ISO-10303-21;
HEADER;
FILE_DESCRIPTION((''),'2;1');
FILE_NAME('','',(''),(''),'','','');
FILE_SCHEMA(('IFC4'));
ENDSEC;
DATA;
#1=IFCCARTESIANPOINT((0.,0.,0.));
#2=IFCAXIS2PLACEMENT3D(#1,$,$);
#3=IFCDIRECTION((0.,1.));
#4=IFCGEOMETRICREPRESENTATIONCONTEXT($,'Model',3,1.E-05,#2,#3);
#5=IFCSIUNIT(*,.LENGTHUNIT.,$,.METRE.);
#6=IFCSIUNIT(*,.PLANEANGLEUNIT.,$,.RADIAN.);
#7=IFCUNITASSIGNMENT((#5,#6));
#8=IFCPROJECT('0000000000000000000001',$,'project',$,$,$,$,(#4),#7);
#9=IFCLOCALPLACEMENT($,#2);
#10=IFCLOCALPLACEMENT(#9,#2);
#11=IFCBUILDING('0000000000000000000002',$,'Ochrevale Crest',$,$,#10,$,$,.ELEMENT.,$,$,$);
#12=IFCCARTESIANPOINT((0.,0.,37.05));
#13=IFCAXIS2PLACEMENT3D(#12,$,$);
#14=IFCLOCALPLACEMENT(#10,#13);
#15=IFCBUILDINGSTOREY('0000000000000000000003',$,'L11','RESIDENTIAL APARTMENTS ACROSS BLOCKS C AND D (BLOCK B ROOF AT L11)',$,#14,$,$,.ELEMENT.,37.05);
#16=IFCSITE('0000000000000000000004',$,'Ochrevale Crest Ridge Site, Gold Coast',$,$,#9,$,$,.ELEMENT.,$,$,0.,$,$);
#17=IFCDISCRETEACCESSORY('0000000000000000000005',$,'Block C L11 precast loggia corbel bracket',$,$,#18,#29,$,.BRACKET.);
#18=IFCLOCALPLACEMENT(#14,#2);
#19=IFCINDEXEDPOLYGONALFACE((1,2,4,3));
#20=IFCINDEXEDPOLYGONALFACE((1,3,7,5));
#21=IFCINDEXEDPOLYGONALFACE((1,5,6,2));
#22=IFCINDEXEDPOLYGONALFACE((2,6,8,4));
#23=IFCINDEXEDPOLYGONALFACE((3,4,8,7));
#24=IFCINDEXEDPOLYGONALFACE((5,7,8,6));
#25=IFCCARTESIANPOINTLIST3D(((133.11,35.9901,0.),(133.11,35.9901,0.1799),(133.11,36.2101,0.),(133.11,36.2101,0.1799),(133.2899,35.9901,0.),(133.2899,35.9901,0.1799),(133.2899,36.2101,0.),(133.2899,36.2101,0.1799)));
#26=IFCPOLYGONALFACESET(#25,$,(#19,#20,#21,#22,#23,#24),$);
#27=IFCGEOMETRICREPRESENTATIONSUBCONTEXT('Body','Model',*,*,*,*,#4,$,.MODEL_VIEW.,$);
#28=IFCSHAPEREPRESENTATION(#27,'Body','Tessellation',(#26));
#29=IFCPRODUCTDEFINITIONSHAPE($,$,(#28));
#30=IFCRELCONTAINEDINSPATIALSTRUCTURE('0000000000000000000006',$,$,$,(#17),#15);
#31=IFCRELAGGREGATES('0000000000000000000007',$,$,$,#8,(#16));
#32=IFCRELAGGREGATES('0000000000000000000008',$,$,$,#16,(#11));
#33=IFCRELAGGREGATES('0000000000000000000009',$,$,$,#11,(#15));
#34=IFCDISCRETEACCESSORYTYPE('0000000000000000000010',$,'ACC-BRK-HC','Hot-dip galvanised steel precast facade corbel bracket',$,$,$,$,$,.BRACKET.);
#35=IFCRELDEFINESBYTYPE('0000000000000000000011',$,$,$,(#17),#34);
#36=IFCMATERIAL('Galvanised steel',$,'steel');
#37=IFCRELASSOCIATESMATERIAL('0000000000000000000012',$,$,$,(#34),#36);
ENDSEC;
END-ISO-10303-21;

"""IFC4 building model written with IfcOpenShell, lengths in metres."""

from ifc_helpers import new_model, si_unit, direction, frame, origin, origin_2d, place, context, subcontext, project, spatial, rectangle, extrude, material, type_object, element, save


model = new_model("IFC4")

# Units and contexts
model_context = context("Model", 3, precision=1e-05, world=origin(), true_north=direction((0.0, 1.0)))
body_context = subcontext(model_context, "Body", "Model", "MODEL_VIEW")
ifc_project = project(units=[si_unit("LENGTHUNIT", "METRE"), si_unit("PLANEANGLEUNIT", "RADIAN")], contexts=[model_context])

# Site, building, storey
site_placement = place(None, origin())
site = spatial("IfcSite", under=ifc_project, at=site_placement, Name="Ochrevale Crest Ridge Site, Gold Coast", CompositionType="ELEMENT", RefElevation=0.0)
building_placement = place(site_placement, origin())
building = spatial("IfcBuilding", under=site, at=building_placement, Name="Ochrevale Crest", CompositionType="ELEMENT")
storey_placement = place(building_placement, frame((0.0, 0.0, 37.05)))
storey = spatial("IfcBuildingStorey", under=building, at=storey_placement, Name="L11", Description="RESIDENTIAL APARTMENTS ACROSS BLOCKS C AND D (BLOCK B ROOF AT L11)", CompositionType="ELEMENT", Elevation=37.05)

# Shared definitions
ifc_material_1 = material(Name="Galvanised steel", Category="steel")

# Discrete accessory
discrete_accessory_type = type_object("IfcDiscreteAccessoryType", Name="ACC-BRK-HC", Description="Hot-dip galvanised steel precast facade corbel bracket", PredefinedType="BRACKET", material=ifc_material_1)
discrete_accessory_placement = place(storey_placement, frame((133.2, 36.1001, 0.0), z_axis=(0.0, 0.0, 1.0), x_axis=(1.0, 0.0, 0.0)))
element("IfcDiscreteAccessory", 1, at=discrete_accessory_placement, inside=storey, type_object=discrete_accessory_type, Name="Block C L11 precast loggia corbel bracket", PredefinedType="BRACKET", context=body_context, shape_type="SweptSolid", body=[
    extrude(rectangle(XDim=0.1799, YDim=0.22, at=origin_2d()), origin(), (0.0, 0.0, 1.0), 0.1799),
])

save(model, "model.ifc")
